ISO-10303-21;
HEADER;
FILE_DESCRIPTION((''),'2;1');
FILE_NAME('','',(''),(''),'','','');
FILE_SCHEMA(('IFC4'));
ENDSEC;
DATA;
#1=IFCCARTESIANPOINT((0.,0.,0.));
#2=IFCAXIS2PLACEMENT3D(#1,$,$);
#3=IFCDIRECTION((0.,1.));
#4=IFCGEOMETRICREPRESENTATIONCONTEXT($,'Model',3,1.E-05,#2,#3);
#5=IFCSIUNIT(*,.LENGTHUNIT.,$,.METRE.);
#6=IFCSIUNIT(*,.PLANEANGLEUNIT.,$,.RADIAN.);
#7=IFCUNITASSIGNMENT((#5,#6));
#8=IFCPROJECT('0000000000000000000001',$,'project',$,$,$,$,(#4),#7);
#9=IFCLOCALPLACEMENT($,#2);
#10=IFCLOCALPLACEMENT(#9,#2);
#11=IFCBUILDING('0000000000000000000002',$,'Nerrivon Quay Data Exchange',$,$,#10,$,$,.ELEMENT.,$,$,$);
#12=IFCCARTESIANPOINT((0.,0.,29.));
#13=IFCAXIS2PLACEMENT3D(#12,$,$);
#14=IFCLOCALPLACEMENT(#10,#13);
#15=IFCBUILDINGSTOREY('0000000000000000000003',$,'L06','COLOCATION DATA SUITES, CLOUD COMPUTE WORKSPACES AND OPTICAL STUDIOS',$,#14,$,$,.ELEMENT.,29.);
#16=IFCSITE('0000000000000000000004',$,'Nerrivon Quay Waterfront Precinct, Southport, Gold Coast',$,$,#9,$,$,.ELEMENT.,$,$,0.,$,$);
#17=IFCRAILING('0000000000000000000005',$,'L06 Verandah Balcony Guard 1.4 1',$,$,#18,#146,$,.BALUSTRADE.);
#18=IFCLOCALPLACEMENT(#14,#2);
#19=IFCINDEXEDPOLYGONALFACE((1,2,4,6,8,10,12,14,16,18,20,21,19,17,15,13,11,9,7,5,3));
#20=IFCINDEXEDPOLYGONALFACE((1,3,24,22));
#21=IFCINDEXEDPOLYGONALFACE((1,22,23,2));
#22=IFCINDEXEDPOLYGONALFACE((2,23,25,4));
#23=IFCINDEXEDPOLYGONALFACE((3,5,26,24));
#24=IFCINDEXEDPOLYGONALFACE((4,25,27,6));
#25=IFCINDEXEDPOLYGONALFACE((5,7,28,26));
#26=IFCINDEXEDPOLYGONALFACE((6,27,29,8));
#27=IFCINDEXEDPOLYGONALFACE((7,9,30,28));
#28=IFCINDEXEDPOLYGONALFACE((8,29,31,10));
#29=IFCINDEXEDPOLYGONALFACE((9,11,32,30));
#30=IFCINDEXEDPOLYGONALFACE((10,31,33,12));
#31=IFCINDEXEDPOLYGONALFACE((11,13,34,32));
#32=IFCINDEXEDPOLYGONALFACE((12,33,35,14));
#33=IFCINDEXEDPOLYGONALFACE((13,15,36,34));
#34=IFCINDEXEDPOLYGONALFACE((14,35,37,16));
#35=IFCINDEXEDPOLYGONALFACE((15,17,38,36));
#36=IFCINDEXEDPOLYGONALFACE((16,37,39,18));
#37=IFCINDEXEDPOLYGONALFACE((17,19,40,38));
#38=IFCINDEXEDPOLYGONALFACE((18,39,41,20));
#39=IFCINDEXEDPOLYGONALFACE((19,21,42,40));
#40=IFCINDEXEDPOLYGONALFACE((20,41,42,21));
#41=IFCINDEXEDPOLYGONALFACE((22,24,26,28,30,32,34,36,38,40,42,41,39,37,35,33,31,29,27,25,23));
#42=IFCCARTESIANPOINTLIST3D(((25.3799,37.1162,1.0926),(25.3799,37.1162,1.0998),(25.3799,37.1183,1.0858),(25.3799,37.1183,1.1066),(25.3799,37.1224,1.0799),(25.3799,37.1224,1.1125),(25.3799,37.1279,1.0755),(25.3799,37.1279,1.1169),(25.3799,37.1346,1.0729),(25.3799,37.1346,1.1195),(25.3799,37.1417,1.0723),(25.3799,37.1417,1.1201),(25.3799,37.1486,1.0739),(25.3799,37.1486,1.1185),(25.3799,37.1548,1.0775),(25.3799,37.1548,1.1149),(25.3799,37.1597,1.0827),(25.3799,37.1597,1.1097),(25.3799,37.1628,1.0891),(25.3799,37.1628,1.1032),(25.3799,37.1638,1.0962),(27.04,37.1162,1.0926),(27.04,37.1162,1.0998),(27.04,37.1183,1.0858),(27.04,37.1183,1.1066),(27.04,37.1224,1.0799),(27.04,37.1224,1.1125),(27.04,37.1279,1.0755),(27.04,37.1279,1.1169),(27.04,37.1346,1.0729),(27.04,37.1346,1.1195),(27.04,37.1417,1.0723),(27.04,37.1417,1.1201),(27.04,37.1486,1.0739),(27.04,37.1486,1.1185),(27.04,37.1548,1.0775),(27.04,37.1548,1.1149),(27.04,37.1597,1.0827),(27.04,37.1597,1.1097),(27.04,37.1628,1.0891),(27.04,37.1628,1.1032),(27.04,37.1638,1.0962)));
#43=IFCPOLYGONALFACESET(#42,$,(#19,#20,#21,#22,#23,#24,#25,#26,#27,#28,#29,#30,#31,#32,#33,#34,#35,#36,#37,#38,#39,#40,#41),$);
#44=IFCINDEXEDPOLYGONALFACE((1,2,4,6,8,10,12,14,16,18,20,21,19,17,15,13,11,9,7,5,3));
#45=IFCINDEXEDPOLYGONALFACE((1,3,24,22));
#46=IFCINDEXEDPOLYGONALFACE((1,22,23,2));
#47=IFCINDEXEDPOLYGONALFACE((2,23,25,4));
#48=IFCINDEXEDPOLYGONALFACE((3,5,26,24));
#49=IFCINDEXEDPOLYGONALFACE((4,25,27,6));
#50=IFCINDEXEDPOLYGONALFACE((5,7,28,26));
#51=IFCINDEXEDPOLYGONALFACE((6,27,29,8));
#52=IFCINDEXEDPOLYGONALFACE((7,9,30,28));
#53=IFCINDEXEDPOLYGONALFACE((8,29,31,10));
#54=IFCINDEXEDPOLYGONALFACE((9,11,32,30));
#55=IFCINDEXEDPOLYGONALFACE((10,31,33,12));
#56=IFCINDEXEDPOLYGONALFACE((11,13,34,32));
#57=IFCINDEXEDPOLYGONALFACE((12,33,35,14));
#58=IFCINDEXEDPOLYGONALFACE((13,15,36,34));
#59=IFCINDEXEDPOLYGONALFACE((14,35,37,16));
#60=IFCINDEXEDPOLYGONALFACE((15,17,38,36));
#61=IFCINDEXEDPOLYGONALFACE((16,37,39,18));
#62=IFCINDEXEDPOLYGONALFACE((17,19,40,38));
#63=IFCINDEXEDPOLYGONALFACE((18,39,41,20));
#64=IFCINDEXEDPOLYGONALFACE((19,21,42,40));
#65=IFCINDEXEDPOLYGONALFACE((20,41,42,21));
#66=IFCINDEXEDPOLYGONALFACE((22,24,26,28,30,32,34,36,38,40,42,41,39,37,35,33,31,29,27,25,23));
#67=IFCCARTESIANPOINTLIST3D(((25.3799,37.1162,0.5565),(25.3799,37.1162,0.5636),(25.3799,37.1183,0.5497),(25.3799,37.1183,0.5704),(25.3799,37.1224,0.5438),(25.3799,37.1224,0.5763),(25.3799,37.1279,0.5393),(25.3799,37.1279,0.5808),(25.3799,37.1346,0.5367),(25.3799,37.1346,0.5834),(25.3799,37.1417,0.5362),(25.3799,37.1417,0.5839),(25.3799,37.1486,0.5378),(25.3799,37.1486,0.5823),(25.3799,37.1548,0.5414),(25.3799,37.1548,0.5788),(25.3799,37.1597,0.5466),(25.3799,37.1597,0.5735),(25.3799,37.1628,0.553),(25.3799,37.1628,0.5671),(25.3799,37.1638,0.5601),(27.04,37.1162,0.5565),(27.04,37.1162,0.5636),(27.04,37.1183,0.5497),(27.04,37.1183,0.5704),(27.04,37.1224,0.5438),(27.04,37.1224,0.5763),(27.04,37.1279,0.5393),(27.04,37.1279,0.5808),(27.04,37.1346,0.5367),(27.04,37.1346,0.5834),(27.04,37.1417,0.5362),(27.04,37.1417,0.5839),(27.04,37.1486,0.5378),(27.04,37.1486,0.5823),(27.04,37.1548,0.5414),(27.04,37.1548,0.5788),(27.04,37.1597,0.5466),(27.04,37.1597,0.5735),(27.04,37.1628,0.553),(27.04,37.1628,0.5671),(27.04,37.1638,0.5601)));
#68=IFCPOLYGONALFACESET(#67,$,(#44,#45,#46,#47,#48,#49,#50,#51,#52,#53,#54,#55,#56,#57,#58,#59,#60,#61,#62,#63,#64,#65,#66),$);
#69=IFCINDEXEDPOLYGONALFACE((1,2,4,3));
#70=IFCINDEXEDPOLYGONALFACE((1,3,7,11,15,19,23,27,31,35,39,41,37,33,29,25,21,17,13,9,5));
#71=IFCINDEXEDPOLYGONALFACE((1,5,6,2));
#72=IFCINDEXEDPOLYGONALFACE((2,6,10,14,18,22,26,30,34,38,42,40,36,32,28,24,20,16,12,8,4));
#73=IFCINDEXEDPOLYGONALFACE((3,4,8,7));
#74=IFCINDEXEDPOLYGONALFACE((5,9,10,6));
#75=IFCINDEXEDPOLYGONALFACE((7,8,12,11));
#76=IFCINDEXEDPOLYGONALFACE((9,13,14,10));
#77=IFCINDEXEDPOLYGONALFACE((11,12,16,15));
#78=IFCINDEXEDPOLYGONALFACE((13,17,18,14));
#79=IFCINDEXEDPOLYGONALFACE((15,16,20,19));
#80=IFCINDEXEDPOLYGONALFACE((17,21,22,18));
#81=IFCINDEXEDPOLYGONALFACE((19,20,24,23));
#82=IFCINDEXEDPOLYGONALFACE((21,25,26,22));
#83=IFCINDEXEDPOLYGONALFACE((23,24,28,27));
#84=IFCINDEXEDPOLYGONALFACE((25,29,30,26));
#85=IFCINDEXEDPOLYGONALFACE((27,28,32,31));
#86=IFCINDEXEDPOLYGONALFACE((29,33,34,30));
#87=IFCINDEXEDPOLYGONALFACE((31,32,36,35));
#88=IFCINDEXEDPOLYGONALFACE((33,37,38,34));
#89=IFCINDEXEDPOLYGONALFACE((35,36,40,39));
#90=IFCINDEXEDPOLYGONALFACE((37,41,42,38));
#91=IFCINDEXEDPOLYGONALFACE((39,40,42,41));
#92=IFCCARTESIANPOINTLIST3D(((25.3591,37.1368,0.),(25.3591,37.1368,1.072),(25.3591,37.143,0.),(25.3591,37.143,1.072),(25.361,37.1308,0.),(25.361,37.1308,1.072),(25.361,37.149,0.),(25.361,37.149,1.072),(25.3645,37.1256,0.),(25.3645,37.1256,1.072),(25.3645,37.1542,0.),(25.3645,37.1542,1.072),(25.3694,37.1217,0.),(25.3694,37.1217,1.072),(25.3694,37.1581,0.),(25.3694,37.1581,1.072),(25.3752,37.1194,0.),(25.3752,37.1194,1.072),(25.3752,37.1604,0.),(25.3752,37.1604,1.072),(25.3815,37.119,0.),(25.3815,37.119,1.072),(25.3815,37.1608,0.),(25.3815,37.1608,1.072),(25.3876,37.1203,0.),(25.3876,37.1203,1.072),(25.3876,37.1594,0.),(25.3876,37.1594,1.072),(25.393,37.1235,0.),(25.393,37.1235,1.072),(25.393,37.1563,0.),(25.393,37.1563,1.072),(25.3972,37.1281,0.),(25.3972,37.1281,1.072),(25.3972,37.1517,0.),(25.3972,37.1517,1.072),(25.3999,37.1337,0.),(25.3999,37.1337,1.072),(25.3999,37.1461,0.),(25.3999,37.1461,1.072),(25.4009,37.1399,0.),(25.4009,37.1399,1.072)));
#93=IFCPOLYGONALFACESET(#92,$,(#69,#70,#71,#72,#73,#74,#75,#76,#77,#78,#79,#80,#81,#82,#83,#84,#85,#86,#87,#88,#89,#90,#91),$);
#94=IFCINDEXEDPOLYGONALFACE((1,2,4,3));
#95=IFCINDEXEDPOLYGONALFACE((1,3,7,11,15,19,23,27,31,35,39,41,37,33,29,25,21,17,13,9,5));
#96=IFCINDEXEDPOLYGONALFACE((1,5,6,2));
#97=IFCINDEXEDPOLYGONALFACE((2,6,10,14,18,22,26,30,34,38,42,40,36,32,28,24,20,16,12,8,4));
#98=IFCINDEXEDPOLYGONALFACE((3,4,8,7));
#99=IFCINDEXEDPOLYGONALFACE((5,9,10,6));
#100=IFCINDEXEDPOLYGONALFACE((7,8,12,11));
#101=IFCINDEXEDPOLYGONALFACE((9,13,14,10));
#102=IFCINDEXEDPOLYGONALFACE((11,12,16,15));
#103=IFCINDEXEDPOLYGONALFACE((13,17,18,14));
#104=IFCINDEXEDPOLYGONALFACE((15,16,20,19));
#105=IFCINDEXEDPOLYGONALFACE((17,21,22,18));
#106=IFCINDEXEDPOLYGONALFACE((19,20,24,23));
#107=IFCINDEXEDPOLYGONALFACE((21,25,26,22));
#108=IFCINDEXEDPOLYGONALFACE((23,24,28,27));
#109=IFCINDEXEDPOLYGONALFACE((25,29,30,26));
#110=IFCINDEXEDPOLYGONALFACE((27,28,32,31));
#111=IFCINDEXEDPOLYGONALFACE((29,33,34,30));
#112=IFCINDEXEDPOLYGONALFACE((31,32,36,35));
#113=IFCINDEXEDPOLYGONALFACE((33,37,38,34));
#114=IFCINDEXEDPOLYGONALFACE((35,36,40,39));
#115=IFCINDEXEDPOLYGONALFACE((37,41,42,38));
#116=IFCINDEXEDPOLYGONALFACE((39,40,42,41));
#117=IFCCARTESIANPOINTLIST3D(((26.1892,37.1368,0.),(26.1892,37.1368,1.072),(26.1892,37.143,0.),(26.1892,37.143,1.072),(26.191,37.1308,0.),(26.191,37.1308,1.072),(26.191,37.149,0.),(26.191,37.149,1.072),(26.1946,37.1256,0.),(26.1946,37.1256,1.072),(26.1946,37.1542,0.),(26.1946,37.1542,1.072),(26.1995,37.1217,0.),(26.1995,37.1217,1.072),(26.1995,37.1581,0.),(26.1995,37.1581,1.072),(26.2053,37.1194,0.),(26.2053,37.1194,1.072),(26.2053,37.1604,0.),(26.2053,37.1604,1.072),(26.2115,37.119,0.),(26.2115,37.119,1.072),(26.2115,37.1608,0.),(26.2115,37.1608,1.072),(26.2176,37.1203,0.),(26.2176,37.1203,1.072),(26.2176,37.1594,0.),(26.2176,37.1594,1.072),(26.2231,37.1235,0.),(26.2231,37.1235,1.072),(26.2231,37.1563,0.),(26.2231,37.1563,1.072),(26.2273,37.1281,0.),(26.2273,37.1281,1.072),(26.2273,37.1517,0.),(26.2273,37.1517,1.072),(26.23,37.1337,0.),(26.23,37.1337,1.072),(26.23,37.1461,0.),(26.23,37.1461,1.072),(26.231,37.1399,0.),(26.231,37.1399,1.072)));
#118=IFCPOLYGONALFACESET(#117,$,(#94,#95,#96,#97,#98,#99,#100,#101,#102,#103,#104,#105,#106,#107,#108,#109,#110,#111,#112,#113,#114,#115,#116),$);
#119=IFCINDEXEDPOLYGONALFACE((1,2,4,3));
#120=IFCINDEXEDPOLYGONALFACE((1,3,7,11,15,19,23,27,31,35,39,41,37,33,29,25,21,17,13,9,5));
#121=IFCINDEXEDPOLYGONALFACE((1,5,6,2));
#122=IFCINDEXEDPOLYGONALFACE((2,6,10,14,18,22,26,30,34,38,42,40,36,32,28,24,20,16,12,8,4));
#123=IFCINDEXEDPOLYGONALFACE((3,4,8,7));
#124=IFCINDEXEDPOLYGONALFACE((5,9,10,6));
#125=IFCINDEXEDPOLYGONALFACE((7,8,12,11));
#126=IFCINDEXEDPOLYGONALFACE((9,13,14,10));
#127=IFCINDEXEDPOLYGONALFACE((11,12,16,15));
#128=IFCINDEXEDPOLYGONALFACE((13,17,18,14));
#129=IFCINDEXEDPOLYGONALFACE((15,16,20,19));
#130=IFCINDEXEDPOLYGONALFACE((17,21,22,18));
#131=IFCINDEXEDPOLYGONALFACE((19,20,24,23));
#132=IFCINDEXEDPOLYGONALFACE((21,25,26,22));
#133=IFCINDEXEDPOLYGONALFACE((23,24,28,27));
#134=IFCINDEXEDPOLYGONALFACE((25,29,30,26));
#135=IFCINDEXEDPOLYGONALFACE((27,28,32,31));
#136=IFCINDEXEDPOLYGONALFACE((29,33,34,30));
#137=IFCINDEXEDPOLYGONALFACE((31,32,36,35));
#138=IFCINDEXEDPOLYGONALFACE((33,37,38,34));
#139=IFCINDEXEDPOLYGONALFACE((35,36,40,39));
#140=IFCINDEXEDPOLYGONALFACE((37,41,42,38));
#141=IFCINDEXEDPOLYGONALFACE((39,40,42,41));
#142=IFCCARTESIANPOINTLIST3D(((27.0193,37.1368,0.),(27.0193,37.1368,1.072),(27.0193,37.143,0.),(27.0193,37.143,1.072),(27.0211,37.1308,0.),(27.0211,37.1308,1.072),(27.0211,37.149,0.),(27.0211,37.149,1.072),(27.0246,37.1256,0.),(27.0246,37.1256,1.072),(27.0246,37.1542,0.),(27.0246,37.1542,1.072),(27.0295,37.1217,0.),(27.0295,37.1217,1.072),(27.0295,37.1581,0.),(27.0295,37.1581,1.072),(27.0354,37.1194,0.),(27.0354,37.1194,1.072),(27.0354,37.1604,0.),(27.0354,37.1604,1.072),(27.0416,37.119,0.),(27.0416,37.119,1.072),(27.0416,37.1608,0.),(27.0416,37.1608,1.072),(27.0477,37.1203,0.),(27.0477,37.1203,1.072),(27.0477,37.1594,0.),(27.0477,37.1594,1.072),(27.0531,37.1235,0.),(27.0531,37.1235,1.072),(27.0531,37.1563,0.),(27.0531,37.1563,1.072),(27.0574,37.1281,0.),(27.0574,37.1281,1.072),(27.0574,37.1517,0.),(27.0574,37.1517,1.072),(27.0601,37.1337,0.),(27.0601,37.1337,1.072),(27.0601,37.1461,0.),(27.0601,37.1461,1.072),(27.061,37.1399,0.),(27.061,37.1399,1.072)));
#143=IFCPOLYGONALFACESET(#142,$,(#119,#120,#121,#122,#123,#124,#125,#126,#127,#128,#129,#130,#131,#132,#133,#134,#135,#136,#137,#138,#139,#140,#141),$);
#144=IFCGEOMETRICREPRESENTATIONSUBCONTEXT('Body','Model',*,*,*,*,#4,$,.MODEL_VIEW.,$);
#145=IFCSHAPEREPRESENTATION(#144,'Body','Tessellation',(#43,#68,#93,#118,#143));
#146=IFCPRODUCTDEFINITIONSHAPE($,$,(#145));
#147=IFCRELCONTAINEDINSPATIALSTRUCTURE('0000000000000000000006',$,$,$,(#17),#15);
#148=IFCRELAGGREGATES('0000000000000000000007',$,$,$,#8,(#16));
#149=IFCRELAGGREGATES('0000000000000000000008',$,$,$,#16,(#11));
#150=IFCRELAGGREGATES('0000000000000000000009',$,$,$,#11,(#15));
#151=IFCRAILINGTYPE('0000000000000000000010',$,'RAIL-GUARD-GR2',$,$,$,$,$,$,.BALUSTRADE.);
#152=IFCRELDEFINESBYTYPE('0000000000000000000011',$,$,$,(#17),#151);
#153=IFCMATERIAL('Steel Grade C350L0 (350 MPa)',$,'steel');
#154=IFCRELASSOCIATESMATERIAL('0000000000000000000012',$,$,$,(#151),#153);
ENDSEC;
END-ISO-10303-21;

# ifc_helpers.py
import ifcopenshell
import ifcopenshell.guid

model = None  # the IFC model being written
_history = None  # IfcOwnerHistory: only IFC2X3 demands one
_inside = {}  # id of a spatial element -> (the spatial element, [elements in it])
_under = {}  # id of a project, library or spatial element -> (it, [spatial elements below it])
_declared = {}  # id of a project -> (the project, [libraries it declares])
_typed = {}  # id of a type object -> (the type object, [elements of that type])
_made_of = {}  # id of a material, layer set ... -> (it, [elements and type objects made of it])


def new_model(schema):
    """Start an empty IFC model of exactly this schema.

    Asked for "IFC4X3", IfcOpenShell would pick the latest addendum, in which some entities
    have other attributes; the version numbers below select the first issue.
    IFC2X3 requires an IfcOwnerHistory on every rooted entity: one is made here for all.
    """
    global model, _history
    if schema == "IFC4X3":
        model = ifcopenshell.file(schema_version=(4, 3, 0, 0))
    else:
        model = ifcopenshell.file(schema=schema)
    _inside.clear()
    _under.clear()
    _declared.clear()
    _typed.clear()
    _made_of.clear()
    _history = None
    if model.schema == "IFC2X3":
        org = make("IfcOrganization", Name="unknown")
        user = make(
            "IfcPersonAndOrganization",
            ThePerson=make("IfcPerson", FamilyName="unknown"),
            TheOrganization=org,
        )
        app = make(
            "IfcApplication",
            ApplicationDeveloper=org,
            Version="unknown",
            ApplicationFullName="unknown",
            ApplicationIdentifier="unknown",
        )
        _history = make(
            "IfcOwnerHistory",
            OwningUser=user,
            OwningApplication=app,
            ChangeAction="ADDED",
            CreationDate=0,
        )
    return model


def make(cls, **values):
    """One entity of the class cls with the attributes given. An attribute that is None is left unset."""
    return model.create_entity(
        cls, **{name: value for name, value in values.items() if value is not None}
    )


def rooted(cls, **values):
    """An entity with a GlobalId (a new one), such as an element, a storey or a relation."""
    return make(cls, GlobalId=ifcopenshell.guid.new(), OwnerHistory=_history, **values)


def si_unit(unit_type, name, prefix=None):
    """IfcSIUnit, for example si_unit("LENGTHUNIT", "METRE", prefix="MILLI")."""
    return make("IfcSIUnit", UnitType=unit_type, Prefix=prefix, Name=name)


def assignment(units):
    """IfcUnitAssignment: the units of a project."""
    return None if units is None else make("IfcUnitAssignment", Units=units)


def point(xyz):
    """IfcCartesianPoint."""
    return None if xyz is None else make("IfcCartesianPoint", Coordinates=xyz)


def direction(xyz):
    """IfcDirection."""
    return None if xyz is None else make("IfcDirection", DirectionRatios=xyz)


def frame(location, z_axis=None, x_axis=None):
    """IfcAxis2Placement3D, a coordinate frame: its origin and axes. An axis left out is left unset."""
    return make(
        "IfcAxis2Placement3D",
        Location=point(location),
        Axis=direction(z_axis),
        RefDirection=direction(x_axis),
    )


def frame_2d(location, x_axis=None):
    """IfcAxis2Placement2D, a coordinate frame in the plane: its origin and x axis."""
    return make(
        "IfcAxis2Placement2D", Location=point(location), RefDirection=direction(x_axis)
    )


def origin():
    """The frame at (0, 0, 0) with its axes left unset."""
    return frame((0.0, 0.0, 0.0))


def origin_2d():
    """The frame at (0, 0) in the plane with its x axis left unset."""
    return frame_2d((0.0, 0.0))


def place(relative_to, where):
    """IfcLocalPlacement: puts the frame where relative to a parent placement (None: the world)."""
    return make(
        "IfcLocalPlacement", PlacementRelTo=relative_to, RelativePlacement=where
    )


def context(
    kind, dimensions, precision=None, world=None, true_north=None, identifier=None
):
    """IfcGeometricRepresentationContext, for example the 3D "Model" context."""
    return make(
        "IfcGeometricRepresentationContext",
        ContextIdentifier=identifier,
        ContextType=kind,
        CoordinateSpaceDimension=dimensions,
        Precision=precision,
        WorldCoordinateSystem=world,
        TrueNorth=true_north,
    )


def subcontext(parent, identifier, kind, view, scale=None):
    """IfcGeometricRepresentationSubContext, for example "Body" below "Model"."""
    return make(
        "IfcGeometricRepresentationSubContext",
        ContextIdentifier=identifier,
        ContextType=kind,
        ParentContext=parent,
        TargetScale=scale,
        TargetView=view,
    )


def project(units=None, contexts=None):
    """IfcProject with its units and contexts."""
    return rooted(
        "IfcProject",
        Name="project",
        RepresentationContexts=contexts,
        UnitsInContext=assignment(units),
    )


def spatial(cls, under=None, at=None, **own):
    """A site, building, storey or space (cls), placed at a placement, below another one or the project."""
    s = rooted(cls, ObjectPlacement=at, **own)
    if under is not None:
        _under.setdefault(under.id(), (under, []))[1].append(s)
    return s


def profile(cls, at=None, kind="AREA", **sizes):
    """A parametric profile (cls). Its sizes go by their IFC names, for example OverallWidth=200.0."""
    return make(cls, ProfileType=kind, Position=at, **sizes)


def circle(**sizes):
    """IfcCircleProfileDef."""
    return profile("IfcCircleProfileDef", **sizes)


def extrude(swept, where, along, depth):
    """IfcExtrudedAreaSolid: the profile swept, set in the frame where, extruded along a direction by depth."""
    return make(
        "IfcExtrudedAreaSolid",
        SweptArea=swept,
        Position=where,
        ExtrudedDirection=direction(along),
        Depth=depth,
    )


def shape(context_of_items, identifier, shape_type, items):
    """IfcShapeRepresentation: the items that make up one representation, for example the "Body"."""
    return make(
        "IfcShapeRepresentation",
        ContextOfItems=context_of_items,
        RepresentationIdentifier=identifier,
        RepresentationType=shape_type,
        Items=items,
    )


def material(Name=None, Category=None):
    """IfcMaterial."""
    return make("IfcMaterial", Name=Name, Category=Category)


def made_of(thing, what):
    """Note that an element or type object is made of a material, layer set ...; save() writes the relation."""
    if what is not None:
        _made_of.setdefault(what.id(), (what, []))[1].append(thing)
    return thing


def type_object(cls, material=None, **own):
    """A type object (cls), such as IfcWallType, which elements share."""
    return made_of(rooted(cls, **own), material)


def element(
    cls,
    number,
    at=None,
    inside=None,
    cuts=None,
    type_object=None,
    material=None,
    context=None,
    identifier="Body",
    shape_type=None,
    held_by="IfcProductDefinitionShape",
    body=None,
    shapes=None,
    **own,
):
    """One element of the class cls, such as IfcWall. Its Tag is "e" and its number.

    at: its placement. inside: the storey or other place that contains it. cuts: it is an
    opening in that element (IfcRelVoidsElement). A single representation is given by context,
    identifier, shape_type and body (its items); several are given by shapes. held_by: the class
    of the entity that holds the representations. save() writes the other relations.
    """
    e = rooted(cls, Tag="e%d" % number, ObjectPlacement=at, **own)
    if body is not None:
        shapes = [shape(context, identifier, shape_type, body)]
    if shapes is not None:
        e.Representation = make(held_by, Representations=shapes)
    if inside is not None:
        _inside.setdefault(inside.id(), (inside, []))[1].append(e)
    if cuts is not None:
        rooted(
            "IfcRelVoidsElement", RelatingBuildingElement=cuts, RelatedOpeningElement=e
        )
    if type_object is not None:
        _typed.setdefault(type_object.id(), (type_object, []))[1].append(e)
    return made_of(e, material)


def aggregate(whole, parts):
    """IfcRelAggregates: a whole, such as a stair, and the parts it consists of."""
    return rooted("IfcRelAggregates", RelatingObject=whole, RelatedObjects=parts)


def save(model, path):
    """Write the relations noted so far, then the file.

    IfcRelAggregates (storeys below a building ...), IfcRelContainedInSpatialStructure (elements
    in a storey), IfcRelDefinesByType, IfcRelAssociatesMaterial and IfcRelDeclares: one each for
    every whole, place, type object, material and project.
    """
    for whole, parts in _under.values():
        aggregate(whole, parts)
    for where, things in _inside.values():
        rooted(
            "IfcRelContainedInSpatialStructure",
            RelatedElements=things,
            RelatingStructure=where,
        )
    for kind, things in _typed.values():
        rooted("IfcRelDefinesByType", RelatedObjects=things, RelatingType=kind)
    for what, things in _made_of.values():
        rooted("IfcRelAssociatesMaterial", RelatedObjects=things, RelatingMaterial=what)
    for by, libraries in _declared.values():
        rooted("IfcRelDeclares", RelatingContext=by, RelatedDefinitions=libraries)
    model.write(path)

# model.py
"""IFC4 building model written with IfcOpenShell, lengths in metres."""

from ifc_helpers import new_model, si_unit, direction, frame, origin, origin_2d, place, context, subcontext, project, spatial, circle, extrude, material, type_object, element, save


model = new_model("IFC4")

# Units and contexts
model_context = context("Model", 3, precision=1e-05, world=origin(), true_north=direction((0.0, 1.0)))
body_context = subcontext(model_context, "Body", "Model", "MODEL_VIEW")
ifc_project = project(units=[si_unit("LENGTHUNIT", "METRE"), si_unit("PLANEANGLEUNIT", "RADIAN")], contexts=[model_context])

# Site, building, storey
site_placement = place(None, origin())
site = spatial("IfcSite", under=ifc_project, at=site_placement, Name="Nerrivon Quay Waterfront Precinct, Southport, Gold Coast", CompositionType="ELEMENT", RefElevation=0.0)
building_placement = place(site_placement, origin())
building = spatial("IfcBuilding", under=site, at=building_placement, Name="Nerrivon Quay Data Exchange", CompositionType="ELEMENT")
storey_placement = place(building_placement, frame((0.0, 0.0, 29.0)))
storey = spatial("IfcBuildingStorey", under=building, at=storey_placement, Name="L06", Description="COLOCATION DATA SUITES, CLOUD COMPUTE WORKSPACES AND OPTICAL STUDIOS", CompositionType="ELEMENT", Elevation=29.0)

# Railing
ifc_material_1 = material(Name="Steel Grade C350L0 (350 MPa)", Category="steel")
railing_type = type_object("IfcRailingType", Name="RAIL-GUARD-GR2", PredefinedType="BALUSTRADE", material=ifc_material_1)
railing_1_placement = place(storey_placement, frame((25.3799, 37.1399, 0.0)))
element("IfcRailing", 1, at=railing_1_placement, inside=storey, type_object=railing_type, Name="L06 Verandah Balcony Guard 1.4 1", PredefinedType="BALUSTRADE", context=body_context, shape_type="SweptSolid", body=[
    extrude(circle(Radius=0.0239, at=origin_2d()), frame((0.0, 0.0, 1.0962), z_axis=(1.0, 0.0, 0.0), x_axis=(0.0, 1.0, 0.0)), (0.0, 0.0, 1.0), 1.6602),
    extrude(circle(Radius=0.0239, at=origin_2d()), frame((0.0, 0.0, 0.5601), z_axis=(1.0, 0.0, 0.0), x_axis=(0.0, 1.0, 0.0)), (0.0, 0.0, 1.0), 1.6602),
    extrude(circle(Radius=0.021, at=origin_2d()), origin(), (0.0, 0.0, 1.0), 1.072),
    extrude(circle(Radius=0.021, at=origin_2d()), frame((0.8301, 0.0, 0.0)), (0.0, 0.0, 1.0), 1.072),
    extrude(circle(Radius=0.021, at=origin_2d()), frame((1.6602, 0.0, 0.0)), (0.0, 0.0, 1.0), 1.072),
])

save(model, "model.ifc")
